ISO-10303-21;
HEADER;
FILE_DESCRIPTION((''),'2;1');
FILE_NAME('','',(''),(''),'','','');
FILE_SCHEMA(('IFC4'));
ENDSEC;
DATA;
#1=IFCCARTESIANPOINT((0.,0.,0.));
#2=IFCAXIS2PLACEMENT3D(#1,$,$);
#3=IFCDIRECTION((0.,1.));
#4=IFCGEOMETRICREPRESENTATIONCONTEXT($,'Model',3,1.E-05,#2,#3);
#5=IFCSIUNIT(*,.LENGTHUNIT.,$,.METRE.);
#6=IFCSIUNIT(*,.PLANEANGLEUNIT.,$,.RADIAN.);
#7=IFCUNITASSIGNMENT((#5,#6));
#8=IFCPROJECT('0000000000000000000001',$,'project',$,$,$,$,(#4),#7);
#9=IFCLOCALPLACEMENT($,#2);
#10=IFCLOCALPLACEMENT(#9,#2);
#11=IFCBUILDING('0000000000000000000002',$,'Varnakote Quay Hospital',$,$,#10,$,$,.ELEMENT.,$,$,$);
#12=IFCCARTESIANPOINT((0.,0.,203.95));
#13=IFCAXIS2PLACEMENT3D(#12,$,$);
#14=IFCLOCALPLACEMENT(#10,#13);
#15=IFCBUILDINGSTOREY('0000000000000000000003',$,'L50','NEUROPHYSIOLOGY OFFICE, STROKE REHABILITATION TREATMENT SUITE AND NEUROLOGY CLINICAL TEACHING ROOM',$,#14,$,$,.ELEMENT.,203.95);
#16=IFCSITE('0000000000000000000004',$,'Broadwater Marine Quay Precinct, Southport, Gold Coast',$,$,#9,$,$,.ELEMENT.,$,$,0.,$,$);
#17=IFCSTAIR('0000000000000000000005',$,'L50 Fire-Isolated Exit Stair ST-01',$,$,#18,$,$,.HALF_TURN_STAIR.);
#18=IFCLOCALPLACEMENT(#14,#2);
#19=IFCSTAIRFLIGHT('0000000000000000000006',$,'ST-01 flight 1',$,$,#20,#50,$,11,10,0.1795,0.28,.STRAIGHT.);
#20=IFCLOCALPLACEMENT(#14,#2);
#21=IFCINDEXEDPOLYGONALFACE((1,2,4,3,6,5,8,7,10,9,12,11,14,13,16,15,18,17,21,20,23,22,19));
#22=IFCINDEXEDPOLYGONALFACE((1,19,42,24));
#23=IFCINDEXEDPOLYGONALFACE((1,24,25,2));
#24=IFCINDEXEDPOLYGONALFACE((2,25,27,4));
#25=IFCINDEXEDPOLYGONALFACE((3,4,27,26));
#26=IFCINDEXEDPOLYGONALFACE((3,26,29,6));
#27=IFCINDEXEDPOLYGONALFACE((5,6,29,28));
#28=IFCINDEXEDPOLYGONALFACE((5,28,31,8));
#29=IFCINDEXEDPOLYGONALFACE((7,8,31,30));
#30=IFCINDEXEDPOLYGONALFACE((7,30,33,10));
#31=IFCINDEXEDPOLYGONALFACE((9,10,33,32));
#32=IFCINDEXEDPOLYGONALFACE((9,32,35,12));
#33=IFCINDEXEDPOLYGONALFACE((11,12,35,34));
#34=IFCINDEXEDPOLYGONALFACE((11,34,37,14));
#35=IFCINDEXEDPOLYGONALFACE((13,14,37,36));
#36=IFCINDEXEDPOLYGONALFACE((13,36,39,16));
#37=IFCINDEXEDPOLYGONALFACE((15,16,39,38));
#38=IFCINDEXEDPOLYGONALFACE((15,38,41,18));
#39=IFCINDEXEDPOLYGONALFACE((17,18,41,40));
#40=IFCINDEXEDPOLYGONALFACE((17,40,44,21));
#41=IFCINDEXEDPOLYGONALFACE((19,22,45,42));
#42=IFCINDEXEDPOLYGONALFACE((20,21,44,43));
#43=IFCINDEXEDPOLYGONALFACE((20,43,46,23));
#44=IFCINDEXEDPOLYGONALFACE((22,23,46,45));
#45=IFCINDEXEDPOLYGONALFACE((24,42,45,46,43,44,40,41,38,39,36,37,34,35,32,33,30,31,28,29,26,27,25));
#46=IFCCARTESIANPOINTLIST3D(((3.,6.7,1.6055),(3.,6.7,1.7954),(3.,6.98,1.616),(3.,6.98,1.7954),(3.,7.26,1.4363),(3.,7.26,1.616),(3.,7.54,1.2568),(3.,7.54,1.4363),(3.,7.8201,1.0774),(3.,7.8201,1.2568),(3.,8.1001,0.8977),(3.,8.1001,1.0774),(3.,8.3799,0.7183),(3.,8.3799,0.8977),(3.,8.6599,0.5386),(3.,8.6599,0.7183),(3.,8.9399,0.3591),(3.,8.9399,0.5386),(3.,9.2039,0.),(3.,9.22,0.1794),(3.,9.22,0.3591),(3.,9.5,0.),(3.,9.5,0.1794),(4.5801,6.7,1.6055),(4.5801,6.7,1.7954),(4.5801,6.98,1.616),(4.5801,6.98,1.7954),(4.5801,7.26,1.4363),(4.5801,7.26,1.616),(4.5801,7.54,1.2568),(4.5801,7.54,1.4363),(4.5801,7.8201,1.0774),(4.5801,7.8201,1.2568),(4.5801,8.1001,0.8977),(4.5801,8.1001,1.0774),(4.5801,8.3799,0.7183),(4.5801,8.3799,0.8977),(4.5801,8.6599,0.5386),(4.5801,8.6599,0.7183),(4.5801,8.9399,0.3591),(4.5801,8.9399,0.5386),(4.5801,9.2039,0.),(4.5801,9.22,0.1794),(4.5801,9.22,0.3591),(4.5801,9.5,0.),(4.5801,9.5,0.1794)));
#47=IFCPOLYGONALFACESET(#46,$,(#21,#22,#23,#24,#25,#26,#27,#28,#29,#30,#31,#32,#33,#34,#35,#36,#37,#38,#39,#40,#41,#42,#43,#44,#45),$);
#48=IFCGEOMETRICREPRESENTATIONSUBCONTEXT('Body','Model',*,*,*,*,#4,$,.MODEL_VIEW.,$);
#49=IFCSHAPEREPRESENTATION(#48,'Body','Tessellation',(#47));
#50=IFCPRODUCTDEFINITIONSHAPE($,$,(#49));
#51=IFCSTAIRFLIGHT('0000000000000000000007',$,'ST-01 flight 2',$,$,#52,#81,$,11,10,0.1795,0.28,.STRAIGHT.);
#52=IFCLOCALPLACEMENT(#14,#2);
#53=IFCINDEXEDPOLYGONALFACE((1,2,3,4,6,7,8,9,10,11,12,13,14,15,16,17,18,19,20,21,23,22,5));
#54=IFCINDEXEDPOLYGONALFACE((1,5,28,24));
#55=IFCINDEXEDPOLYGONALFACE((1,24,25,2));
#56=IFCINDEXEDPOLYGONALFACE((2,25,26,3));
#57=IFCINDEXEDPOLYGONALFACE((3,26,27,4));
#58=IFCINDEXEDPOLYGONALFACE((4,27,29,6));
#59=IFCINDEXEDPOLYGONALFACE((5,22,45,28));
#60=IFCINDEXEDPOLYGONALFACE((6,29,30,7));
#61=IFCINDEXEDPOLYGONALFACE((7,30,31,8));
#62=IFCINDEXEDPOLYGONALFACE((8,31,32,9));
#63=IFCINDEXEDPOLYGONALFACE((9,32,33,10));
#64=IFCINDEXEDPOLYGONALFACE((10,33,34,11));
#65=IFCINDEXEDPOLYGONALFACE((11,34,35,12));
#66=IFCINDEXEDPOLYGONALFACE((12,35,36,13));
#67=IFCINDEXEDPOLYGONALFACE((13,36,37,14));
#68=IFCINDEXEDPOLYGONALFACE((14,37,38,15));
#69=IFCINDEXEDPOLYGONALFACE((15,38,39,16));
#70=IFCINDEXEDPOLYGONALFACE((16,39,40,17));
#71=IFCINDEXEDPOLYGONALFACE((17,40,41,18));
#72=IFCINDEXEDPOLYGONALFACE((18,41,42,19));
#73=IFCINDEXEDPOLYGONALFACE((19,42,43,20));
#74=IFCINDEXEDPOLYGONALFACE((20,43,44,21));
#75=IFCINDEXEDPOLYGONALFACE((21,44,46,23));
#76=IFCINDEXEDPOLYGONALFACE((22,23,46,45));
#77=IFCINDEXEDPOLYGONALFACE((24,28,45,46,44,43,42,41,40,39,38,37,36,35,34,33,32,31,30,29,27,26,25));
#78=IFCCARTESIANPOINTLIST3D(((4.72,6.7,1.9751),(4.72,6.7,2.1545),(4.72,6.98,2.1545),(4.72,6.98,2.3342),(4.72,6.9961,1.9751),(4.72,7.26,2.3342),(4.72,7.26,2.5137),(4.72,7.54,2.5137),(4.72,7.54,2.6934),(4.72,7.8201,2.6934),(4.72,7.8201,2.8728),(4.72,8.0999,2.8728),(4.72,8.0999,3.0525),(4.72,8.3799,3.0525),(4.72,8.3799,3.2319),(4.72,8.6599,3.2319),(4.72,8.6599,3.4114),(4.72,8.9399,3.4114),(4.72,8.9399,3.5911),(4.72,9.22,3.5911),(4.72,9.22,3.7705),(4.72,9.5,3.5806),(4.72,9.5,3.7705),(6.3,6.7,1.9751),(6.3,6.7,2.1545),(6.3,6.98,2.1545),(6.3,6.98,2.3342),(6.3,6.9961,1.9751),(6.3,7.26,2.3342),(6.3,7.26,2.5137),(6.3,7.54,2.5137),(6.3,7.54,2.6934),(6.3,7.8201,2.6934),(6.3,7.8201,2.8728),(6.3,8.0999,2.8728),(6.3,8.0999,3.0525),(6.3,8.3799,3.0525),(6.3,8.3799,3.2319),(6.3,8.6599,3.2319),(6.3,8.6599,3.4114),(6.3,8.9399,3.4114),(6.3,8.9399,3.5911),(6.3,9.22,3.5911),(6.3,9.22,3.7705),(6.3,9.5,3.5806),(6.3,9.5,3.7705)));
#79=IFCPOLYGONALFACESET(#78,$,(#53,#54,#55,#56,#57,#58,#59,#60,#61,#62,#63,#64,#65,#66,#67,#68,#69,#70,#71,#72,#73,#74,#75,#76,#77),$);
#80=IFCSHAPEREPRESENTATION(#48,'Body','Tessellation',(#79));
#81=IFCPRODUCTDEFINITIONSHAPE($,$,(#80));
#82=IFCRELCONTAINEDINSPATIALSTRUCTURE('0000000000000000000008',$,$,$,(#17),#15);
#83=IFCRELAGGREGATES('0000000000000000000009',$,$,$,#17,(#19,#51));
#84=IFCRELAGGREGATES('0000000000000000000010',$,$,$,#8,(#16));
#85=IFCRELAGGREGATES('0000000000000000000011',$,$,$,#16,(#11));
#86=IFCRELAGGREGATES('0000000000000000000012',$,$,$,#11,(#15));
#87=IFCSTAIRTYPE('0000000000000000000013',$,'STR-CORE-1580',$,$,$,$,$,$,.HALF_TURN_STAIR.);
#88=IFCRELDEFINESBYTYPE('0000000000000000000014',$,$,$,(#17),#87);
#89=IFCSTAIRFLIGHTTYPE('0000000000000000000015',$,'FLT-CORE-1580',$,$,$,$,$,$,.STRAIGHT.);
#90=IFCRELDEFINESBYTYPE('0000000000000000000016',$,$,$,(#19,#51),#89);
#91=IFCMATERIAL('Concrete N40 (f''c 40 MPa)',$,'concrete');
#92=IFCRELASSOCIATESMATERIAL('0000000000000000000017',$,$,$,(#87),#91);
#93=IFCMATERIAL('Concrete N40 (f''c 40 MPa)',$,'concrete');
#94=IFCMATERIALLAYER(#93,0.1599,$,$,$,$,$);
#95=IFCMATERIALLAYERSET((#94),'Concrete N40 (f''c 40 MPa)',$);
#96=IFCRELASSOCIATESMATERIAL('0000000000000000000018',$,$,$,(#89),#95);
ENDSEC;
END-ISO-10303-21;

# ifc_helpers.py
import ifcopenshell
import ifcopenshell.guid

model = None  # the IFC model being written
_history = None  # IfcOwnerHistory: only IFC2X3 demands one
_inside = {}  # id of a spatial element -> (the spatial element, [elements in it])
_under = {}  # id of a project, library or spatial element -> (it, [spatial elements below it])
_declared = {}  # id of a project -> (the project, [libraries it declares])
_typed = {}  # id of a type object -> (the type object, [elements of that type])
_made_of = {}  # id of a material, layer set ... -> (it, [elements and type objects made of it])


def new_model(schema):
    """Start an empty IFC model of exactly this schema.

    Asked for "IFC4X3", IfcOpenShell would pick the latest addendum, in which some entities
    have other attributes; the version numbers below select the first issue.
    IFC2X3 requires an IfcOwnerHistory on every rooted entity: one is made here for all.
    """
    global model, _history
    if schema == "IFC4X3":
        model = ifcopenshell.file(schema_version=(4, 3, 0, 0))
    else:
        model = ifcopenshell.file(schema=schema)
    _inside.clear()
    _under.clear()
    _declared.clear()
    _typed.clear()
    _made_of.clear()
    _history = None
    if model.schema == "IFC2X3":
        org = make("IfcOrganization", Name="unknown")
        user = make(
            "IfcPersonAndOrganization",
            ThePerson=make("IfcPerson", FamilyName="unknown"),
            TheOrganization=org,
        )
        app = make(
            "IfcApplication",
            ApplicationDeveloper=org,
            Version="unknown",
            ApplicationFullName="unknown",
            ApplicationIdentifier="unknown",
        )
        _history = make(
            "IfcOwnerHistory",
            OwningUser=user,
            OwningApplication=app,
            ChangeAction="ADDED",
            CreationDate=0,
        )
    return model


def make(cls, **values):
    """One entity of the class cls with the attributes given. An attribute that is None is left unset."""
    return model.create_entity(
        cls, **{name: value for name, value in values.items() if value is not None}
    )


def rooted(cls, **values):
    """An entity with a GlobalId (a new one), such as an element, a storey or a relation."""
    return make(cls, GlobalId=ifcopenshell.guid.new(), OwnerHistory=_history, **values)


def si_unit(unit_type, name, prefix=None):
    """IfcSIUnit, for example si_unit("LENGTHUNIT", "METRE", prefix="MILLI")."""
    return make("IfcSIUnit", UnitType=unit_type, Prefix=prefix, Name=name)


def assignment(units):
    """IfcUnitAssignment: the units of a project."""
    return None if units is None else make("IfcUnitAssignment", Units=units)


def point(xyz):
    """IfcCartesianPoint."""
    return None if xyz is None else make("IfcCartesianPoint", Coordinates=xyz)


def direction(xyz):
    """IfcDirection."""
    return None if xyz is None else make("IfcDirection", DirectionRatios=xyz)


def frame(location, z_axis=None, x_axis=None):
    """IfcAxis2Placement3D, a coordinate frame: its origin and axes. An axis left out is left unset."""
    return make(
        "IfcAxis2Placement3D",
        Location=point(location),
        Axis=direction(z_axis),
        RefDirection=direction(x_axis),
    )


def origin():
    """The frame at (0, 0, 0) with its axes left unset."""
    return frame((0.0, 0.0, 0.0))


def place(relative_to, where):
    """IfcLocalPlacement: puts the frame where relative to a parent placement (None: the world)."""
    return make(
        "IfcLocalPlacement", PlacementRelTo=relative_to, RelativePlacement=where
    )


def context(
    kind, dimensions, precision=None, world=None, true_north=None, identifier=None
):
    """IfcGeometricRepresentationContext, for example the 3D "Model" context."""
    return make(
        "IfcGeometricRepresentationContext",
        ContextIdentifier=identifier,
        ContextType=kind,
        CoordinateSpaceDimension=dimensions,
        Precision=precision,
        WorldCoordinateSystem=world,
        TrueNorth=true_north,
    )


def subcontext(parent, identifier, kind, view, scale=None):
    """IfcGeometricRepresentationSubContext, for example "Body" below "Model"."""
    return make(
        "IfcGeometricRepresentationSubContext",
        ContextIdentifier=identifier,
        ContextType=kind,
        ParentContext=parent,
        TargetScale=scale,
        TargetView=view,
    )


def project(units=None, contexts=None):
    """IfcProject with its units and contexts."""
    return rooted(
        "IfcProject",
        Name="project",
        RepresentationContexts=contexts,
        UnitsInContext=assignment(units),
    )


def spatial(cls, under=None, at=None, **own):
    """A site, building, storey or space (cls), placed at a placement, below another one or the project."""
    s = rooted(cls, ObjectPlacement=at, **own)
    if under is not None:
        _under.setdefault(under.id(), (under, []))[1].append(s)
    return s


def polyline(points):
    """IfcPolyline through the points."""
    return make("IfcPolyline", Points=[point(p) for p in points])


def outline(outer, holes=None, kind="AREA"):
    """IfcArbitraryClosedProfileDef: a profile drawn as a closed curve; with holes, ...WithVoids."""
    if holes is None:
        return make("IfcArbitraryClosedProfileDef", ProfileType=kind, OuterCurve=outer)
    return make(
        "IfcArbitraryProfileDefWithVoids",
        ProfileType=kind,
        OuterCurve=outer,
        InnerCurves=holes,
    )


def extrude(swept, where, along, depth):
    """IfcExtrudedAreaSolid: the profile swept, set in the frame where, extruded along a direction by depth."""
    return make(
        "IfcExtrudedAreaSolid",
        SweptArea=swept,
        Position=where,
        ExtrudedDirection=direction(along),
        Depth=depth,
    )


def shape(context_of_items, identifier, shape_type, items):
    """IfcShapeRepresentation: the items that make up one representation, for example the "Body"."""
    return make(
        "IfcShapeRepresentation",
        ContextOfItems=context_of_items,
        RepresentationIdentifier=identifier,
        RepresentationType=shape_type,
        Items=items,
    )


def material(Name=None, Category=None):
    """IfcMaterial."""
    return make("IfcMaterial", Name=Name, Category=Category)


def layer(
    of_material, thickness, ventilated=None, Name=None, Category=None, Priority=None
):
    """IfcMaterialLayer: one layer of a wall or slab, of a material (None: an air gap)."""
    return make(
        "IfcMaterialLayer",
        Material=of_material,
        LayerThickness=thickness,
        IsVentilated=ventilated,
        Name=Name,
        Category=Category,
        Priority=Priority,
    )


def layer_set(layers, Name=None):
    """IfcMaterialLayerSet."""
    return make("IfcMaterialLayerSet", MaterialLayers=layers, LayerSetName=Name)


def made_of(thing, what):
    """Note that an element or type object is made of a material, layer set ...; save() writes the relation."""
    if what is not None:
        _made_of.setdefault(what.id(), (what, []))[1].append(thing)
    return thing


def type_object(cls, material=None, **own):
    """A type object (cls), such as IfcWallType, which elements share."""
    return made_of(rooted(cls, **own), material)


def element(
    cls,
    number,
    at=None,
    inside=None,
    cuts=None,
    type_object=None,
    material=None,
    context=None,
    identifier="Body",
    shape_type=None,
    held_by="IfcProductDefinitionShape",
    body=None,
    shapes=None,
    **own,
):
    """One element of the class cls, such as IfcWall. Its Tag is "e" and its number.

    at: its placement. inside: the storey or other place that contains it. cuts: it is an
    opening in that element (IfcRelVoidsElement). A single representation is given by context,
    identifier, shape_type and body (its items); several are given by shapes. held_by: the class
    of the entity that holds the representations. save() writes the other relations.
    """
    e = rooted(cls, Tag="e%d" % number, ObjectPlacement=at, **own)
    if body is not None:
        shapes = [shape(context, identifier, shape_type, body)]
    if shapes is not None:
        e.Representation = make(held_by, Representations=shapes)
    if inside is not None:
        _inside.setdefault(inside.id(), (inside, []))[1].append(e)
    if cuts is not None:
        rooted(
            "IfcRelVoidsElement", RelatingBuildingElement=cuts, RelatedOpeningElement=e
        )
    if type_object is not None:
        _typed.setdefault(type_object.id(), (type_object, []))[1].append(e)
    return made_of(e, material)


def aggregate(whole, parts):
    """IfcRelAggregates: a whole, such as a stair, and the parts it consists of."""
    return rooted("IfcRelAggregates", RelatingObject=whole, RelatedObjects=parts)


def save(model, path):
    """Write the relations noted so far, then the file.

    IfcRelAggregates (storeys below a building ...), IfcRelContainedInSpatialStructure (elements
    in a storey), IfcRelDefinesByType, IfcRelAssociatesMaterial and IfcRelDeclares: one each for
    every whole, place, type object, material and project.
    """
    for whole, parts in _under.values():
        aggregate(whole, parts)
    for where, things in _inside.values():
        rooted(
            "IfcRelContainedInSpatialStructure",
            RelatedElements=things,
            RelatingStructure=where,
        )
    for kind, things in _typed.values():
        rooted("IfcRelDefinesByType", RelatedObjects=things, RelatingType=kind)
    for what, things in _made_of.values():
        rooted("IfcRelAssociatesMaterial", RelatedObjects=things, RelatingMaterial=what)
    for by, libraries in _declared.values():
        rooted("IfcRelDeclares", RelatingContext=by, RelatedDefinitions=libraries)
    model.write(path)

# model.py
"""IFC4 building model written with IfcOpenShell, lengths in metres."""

from ifc_helpers import new_model, si_unit, direction, frame, origin, place, context, subcontext, project, spatial, polyline, outline, extrude, material, layer, layer_set, type_object, element, aggregate, save


model = new_model("IFC4")

# Units and contexts
model_context = context("Model", 3, precision=1e-05, world=origin(), true_north=direction((0.0, 1.0)))
body_context = subcontext(model_context, "Body", "Model", "MODEL_VIEW")
ifc_project = project(units=[si_unit("LENGTHUNIT", "METRE"), si_unit("PLANEANGLEUNIT", "RADIAN")], contexts=[model_context])

# Site, building, storey
site_placement = place(None, origin())
site = spatial("IfcSite", under=ifc_project, at=site_placement, Name="Broadwater Marine Quay Precinct, Southport, Gold Coast", CompositionType="ELEMENT", RefElevation=0.0)
building_placement = place(site_placement, origin())
building = spatial("IfcBuilding", under=site, at=building_placement, Name="Varnakote Quay Hospital", CompositionType="ELEMENT")
storey_placement = place(building_placement, frame((0.0, 0.0, 203.95)))
storey = spatial("IfcBuildingStorey", under=building, at=storey_placement, Name="L50", Description="NEUROPHYSIOLOGY OFFICE, STROKE REHABILITATION TREATMENT SUITE AND NEUROLOGY CLINICAL TEACHING ROOM", CompositionType="ELEMENT", Elevation=203.95)

# Stair, stair flights
ifc_material_1 = material(Name="Concrete N40 (f'c 40 MPa)", Category="concrete")
stair_type = type_object("IfcStairType", Name="STR-CORE-1580", PredefinedType="HALF_TURN_STAIR", material=ifc_material_1)
stair_placement = place(storey_placement, origin())
stair = element("IfcStair", 1, at=stair_placement, inside=storey, type_object=stair_type, Name="L50 Fire-Isolated Exit Stair ST-01", PredefinedType="HALF_TURN_STAIR")
ifc_material_2 = material(Name="Concrete N40 (f'c 40 MPa)", Category="concrete")
ifc_layer_1 = layer(ifc_material_2, 0.1599)
ifc_layer_set_1 = layer_set([ifc_layer_1], Name="Concrete N40 (f'c 40 MPa)")
stair_flight_type = type_object("IfcStairFlightType", Name="FLT-CORE-1580", PredefinedType="STRAIGHT", material=ifc_layer_set_1)
stair_flight_1_placement = place(storey_placement, frame((3.79, 9.5, 0.0), z_axis=(0.0, 0.0, 1.0), x_axis=(0.0, -1.0, 0.0)))
stair_flight_1 = element("IfcStairFlight", 2, at=stair_flight_1_placement, type_object=stair_flight_type, Name="ST-01 flight 1", NumberOfRisers=11, NumberOfTreads=10, PredefinedType="STRAIGHT", RiserHeight=0.1795, TreadLength=0.28, context=body_context, shape_type="SweptSolid", body=[
    extrude(outline(polyline([(0.0, 0.0), (0.0, 0.1794), (0.28, 0.1794), (0.28, 0.3591), (0.5601, 0.3591), (0.5601, 0.5386), (0.8401, 0.5386), (0.8401, 0.7183), (1.1201, 0.7183), (1.1201, 0.8977), (1.3999, 0.8977), (1.3999, 1.0774), (1.6799, 1.0774), (1.6799, 1.2568), (1.96, 1.2568), (1.96, 1.4363), (2.24, 1.4363), (2.24, 1.616), (2.52, 1.616), (2.52, 1.7954), (2.8, 1.7954), (2.8, 1.9751), (2.8, 1.6055), (0.2961, 0.0), (0.0, 0.0)])), frame((0.0, 0.79, 0.0), z_axis=(0.0, -1.0, 0.0), x_axis=(1.0, 0.0, 0.0)), (0.0, 0.0, 1.0), 1.5801),
])
stair_flight_2_placement = place(storey_placement, frame((5.51, 6.7, 1.9751), z_axis=(0.0, 0.0, 1.0), x_axis=(0.0, 1.0, 0.0)))
stair_flight_2 = element("IfcStairFlight", 3, at=stair_flight_2_placement, type_object=stair_flight_type, Name="ST-01 flight 2", NumberOfRisers=11, NumberOfTreads=10, PredefinedType="STRAIGHT", RiserHeight=0.1795, TreadLength=0.28, context=body_context, shape_type="SweptSolid", body=[
    extrude(outline(polyline([(0.0, 0.0), (0.0, 0.1794), (0.28, 0.1794), (0.28, 0.3591), (0.5601, 0.3591), (0.5601, 0.5386), (0.8401, 0.5386), (0.8401, 0.7183), (1.1201, 0.7183), (1.1201, 0.8977), (1.3999, 0.8977), (1.3999, 1.0774), (1.6799, 1.0774), (1.6799, 1.2568), (1.96, 1.2568), (1.96, 1.4363), (2.24, 1.4363), (2.24, 1.616), (2.52, 1.616), (2.52, 1.7954), (2.8, 1.7954), (2.8, 1.9751), (2.8, 1.6055), (0.2961, 0.0), (0.0, 0.0)])), frame((0.0, 0.79, 0.0), z_axis=(0.0, -1.0, 0.0), x_axis=(1.0, 0.0, 0.0)), (0.0, 0.0, 1.0), 1.5801),
])
aggregate(stair, [stair_flight_1, stair_flight_2])

save(model, "model.ifc")
